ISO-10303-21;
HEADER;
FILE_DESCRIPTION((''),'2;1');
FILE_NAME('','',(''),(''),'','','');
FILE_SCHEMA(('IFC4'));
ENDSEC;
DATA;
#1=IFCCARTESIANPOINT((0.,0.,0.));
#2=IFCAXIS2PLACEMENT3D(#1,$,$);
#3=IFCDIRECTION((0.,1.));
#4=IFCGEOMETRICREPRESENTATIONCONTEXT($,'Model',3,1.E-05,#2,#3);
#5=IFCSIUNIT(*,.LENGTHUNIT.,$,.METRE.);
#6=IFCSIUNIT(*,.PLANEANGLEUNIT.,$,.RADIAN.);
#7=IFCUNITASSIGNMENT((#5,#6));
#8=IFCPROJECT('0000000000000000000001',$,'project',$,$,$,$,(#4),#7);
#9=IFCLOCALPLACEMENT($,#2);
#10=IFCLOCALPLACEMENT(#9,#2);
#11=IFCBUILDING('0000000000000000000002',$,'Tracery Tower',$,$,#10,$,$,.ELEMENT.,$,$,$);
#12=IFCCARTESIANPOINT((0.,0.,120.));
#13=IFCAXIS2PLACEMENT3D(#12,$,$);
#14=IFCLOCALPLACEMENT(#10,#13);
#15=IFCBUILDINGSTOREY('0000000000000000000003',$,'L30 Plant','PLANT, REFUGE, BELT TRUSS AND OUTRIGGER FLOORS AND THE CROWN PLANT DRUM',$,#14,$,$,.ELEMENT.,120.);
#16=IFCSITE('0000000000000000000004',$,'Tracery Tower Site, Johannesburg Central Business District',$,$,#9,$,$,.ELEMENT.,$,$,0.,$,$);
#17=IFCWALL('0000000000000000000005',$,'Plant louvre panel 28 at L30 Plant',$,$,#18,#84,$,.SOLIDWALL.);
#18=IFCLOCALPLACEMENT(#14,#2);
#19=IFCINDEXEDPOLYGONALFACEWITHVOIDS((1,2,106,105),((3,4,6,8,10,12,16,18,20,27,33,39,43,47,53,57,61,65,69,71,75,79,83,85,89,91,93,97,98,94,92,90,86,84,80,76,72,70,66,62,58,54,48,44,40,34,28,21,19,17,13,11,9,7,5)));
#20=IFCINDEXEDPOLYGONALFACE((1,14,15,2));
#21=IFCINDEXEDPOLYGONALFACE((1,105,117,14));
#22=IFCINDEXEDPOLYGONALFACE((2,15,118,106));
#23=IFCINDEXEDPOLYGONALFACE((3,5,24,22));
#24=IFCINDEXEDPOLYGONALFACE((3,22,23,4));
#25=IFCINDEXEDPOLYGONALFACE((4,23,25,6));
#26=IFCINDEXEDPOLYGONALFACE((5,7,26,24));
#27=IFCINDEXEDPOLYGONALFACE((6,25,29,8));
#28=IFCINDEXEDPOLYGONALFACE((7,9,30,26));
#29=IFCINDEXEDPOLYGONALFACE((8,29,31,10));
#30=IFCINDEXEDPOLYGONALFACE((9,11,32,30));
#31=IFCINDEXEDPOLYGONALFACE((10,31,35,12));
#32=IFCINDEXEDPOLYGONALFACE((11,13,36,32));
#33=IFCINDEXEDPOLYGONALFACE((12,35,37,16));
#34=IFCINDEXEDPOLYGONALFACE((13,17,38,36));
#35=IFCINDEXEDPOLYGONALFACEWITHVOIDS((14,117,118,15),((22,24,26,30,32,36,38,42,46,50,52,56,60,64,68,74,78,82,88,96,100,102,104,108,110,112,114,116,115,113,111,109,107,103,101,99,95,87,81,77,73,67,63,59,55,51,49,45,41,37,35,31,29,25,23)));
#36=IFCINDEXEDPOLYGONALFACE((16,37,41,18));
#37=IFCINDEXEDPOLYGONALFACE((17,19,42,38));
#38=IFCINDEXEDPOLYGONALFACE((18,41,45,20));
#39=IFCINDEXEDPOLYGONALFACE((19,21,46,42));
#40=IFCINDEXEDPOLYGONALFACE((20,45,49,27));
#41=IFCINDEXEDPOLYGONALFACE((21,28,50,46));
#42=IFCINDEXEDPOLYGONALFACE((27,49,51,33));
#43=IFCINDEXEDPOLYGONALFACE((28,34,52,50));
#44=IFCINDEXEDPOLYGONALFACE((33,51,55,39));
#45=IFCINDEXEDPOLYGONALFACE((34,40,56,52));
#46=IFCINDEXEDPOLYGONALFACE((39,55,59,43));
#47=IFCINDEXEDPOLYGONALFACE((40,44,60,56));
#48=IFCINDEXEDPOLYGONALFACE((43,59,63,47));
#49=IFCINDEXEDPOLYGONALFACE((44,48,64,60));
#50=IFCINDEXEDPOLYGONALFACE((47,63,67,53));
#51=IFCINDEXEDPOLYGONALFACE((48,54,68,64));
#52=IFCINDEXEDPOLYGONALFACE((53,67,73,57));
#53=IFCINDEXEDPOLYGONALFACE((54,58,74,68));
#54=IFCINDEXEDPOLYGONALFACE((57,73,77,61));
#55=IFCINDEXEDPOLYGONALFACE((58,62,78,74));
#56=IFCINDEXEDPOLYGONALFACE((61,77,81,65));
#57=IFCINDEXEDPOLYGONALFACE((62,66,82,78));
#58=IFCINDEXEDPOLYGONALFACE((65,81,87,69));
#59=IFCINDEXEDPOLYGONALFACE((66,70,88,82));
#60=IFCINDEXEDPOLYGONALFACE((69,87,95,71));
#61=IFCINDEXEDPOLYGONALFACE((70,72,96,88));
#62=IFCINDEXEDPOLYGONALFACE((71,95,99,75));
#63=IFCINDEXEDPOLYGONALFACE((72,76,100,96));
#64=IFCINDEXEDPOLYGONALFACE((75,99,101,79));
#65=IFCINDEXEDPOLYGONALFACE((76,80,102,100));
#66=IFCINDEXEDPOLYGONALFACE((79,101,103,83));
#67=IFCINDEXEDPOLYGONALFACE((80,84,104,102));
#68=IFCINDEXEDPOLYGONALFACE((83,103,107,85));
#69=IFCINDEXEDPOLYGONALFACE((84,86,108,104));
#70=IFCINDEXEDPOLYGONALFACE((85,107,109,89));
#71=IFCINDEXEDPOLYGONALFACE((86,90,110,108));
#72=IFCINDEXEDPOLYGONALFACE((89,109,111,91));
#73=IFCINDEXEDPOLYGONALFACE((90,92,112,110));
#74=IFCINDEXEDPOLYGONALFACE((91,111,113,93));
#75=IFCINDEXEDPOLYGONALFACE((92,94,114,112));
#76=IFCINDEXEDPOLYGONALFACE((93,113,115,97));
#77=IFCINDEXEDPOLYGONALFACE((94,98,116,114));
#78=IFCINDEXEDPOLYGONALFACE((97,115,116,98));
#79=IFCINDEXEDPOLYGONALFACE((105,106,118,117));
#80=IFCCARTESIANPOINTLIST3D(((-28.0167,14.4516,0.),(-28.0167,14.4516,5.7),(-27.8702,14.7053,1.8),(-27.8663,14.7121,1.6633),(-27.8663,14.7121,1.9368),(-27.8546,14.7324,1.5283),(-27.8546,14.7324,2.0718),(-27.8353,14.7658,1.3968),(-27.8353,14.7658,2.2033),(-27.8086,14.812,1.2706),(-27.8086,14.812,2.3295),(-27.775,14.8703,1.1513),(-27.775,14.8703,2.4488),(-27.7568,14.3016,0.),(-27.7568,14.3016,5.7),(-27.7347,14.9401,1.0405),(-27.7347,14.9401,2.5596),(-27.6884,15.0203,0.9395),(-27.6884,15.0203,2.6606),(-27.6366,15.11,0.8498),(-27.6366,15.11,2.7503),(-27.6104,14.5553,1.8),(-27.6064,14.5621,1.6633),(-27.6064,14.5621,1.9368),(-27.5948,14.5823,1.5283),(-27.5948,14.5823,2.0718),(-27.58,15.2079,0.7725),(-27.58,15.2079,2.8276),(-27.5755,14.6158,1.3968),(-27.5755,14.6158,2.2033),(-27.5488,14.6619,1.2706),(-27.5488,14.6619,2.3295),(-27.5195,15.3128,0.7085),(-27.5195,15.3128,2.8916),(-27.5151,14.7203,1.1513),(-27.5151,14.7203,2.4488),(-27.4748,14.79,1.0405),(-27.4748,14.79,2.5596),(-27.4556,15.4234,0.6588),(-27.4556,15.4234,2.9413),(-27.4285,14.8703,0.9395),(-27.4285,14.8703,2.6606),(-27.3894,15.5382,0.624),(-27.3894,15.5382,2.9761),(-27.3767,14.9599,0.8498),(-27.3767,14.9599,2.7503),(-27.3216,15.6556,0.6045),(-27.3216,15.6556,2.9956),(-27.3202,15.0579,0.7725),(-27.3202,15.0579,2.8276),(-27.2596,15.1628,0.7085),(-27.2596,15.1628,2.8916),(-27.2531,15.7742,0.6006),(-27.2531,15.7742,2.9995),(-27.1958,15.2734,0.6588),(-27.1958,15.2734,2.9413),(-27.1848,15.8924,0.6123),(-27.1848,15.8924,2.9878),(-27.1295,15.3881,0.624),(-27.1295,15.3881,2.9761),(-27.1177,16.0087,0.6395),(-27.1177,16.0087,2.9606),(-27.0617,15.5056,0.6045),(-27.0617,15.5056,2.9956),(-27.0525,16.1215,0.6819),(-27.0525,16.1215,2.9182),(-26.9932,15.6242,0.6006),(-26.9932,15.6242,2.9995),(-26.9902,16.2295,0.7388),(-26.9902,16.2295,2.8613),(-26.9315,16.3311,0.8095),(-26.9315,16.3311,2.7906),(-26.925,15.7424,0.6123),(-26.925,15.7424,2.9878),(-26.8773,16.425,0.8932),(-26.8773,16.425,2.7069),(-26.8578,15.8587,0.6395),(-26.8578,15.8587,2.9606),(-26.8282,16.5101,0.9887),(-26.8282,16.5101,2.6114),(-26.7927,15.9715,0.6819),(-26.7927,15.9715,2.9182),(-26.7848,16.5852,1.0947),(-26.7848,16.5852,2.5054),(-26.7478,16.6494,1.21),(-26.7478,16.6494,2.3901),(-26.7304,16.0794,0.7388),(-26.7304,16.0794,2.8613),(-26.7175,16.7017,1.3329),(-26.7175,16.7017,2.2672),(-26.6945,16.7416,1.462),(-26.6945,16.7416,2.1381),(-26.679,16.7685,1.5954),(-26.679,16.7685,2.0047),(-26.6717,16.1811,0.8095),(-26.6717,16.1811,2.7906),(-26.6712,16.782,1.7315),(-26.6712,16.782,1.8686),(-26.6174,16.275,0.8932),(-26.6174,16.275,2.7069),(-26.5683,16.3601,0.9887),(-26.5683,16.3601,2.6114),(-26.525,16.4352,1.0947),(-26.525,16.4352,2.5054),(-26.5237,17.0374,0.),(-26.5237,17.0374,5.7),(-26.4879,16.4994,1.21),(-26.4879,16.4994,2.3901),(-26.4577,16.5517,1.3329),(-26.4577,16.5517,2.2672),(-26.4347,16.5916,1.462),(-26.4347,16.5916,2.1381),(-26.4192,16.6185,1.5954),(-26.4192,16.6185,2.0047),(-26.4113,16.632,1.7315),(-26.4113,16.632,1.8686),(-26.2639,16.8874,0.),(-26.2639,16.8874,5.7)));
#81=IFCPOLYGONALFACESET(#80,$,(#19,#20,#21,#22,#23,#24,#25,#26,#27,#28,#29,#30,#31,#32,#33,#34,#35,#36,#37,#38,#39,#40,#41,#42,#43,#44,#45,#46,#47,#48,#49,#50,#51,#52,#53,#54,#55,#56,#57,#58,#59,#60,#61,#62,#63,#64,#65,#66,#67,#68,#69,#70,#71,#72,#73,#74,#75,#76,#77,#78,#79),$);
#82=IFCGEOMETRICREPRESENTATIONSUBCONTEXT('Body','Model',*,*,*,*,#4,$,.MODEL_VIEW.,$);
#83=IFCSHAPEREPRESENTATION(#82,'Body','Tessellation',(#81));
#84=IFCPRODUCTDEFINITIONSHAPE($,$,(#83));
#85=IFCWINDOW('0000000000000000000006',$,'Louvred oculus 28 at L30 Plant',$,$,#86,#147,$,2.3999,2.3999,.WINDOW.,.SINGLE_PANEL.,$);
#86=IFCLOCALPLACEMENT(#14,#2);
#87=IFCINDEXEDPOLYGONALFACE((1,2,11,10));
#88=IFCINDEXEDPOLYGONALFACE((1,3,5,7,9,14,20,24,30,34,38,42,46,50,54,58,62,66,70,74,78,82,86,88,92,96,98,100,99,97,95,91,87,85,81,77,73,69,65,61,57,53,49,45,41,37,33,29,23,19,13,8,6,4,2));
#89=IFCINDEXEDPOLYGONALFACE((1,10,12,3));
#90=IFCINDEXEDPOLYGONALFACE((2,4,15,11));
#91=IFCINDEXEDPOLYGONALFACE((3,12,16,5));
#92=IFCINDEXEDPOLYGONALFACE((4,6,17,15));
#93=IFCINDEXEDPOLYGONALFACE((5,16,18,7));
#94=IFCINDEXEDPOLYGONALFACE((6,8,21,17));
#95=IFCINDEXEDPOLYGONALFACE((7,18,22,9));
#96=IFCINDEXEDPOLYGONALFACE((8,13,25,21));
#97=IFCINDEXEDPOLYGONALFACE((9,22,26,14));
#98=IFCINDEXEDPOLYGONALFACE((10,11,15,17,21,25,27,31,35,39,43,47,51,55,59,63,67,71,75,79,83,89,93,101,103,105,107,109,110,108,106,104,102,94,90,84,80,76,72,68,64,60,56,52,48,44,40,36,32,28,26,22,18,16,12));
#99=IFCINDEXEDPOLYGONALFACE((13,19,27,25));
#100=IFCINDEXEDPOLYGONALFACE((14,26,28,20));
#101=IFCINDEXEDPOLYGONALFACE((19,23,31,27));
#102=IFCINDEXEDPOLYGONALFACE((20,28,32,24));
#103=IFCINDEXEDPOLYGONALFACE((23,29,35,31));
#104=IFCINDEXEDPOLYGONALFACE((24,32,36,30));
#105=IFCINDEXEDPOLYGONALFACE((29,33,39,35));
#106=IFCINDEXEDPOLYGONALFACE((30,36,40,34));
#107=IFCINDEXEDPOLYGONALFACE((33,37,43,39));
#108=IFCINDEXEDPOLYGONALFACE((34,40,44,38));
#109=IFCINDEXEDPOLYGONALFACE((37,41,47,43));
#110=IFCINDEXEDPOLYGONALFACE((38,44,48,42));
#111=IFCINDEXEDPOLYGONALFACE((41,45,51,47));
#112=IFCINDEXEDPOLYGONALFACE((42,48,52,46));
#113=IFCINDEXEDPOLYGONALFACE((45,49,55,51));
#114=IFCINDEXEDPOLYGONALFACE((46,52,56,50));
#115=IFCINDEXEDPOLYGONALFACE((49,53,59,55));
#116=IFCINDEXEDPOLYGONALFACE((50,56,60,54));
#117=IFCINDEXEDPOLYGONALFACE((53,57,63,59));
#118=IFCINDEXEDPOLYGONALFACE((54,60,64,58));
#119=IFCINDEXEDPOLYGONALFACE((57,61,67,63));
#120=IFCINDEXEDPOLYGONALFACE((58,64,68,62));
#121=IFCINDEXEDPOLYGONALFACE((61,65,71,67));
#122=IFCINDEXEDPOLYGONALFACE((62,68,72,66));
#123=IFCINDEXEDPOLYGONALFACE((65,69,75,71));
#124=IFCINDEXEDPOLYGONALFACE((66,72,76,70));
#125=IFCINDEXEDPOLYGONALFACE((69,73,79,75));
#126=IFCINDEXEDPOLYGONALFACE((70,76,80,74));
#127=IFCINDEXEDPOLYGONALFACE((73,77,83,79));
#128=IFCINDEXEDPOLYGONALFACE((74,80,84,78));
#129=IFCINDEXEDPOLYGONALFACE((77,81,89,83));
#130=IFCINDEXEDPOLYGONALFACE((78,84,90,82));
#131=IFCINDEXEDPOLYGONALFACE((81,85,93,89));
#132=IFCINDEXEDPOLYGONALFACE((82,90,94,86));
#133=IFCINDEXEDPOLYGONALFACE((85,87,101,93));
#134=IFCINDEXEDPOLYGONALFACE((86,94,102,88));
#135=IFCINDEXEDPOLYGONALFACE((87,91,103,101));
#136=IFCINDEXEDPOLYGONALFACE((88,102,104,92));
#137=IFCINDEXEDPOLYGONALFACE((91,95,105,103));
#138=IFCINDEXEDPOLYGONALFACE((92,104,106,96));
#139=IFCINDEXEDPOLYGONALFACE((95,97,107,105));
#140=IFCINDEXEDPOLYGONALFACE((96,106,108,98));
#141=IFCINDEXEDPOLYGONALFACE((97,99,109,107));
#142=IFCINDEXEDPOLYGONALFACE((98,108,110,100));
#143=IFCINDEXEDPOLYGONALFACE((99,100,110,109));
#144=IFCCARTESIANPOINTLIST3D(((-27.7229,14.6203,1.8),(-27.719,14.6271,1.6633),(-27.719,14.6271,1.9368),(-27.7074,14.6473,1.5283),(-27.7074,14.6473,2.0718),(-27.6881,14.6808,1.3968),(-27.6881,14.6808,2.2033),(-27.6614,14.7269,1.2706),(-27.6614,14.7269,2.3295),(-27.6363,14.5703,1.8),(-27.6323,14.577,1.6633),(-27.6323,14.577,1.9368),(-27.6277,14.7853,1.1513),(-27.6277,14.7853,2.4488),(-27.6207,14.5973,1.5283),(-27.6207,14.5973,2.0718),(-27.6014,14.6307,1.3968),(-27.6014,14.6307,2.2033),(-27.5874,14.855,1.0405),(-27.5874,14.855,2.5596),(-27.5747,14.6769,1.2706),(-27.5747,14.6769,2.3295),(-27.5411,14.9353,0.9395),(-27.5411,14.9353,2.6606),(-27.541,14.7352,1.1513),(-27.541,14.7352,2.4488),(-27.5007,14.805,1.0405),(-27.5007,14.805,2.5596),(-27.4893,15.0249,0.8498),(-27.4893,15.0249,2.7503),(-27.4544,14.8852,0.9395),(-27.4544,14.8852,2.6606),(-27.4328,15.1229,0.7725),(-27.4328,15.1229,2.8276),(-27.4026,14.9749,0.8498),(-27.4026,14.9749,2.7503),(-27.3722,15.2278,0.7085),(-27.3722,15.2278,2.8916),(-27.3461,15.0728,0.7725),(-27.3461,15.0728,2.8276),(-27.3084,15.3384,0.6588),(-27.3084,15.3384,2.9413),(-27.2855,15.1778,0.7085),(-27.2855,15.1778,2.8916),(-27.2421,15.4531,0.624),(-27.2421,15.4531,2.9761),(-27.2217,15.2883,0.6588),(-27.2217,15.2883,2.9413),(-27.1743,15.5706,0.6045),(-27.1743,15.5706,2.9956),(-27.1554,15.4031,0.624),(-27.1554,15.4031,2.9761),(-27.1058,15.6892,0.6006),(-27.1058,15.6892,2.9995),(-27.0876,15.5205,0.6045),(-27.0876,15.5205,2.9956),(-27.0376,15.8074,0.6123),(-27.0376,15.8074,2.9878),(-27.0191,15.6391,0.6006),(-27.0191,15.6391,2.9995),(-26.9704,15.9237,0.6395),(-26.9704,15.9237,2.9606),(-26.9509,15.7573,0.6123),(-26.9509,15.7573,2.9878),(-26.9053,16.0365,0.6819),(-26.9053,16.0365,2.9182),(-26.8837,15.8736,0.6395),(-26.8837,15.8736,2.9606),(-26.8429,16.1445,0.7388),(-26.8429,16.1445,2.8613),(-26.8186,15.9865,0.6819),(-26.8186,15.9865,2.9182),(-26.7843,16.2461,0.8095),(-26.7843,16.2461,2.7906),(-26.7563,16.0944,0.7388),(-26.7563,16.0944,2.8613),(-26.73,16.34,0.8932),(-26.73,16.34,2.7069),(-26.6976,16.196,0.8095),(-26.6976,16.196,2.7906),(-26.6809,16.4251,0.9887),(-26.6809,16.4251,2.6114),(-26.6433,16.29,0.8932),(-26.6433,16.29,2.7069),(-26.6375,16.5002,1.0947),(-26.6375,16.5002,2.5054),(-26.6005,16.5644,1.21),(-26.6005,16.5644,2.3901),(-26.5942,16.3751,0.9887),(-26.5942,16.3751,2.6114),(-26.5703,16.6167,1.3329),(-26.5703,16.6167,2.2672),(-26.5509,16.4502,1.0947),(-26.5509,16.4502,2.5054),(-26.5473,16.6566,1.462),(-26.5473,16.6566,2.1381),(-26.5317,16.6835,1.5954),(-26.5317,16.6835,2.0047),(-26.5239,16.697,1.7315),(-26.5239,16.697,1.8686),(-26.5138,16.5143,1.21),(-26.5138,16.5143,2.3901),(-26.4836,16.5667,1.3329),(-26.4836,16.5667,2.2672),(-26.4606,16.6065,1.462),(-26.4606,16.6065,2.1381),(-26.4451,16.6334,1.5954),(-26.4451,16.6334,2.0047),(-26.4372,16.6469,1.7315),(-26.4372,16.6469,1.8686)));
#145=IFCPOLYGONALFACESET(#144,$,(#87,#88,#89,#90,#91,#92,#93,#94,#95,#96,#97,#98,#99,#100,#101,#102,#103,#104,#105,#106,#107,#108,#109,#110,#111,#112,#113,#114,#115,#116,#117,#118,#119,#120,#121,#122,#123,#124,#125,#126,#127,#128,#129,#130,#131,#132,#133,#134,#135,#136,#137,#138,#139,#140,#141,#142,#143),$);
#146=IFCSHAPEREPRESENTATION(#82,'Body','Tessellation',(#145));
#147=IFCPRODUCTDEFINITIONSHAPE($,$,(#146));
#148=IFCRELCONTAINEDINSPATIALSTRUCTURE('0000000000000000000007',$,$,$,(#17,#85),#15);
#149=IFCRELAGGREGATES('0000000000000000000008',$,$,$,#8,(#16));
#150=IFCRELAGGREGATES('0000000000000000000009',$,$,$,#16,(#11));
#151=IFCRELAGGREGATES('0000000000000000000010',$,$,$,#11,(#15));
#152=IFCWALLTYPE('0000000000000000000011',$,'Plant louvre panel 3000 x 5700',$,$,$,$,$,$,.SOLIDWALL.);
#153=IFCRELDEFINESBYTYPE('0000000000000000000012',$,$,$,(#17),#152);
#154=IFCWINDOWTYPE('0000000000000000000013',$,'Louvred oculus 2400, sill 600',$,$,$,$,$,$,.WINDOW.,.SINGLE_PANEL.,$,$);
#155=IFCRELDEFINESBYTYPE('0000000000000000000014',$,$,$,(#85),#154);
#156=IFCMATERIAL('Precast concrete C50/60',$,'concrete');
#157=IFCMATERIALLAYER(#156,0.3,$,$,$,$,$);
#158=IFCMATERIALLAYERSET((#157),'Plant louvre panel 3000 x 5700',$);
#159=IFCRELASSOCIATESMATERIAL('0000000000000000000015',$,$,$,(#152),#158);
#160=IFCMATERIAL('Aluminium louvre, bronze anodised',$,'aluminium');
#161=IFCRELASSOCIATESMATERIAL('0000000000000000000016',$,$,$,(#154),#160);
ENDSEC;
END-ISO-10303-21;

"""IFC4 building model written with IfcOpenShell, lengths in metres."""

from ifc_helpers import new_model, si_unit, direction, frame, frame_2d, origin, origin_2d, place, context, subcontext, project, spatial, rectangle, circle, extrude, material, layer, layer_set, type_object, element, fill, save


model = new_model("IFC4")

# Units and contexts
model_context = context("Model", 3, precision=1e-05, world=origin(), true_north=direction((0.0, 1.0)))
body_context = subcontext(model_context, "Body", "Model", "MODEL_VIEW")
ifc_project = project(units=[si_unit("LENGTHUNIT", "METRE"), si_unit("PLANEANGLEUNIT", "RADIAN")], contexts=[model_context])

# Site, building, storey
site_placement = place(None, origin())
site = spatial("IfcSite", under=ifc_project, at=site_placement, Name="Tracery Tower Site, Johannesburg Central Business District", CompositionType="ELEMENT", RefElevation=0.0)
building_placement = place(site_placement, origin())
building = spatial("IfcBuilding", under=site, at=building_placement, Name="Tracery Tower", CompositionType="ELEMENT")
storey_placement = place(building_placement, frame((0.0, 0.0, 120.0)))
storey = spatial("IfcBuildingStorey", under=building, at=storey_placement, Name="L30 Plant", Description="PLANT, REFUGE, BELT TRUSS AND OUTRIGGER FLOORS AND THE CROWN PLANT DRUM", CompositionType="ELEMENT", Elevation=120.0)

# Wall, opening, window
ifc_material_1 = material(Name="Precast concrete C50/60", Category="concrete")
ifc_layer_1 = layer(ifc_material_1, 0.3)
ifc_layer_set_1 = layer_set([ifc_layer_1], Name="Plant louvre panel 3000 x 5700")
wall_type_1 = type_object("IfcWallType", Name="Plant louvre panel 3000 x 5700", PredefinedType="SOLIDWALL", material=ifc_layer_set_1)
wall_1_placement = place(storey_placement, frame((-26.3938, 16.9624, 0.0), z_axis=(0.0, 0.0, 1.0), x_axis=(-0.500017, -0.866015, 0.0)))
wall_1 = element("IfcWall", 1, at=wall_1_placement, inside=storey, type_object=wall_type_1, Name="Plant louvre panel 28 at L30 Plant", PredefinedType="SOLIDWALL", context=body_context, shape_type="SweptSolid", body=[
    extrude(rectangle(XDim=2.9858, YDim=0.3, at=frame_2d((1.4929, 0.0))), origin(), (0.0, 0.0, 1.0), 5.7),
])
opening_1_placement = place(wall_1_placement, frame((1.4929, 0.0, 1.8)))
opening_1 = element("IfcOpeningElement", 2, at=opening_1_placement, cuts=wall_1, PredefinedType="OPENING", context=body_context, shape_type="SweptSolid", body=[
    extrude(circle(Radius=1.2, at=origin_2d()), frame((0.0, 0.1599, 0.0), z_axis=(0.0, -1.0, 0.0), x_axis=(1.0, 0.0, 0.0)), (0.0, 0.0, 1.0), 0.3201),
])
ifc_material_2 = material(Name="Aluminium louvre, bronze anodised", Category="aluminium")
window_type = type_object("IfcWindowType", Name="Louvred oculus 2400, sill 600", PartitioningType="SINGLE_PANEL", PredefinedType="WINDOW", material=ifc_material_2)
window_1_placement = place(opening_1_placement, origin())
window_1 = element("IfcWindow", 3, at=window_1_placement, inside=storey, type_object=window_type, Name="Louvred oculus 28 at L30 Plant", OverallHeight=2.3999, OverallWidth=2.3999, PartitioningType="SINGLE_PANEL", PredefinedType="WINDOW", context=body_context, shape_type="SweptSolid", body=[
    extrude(circle(Radius=1.2, at=origin_2d()), frame((0.0, 0.1201, 0.0), z_axis=(0.0, -1.0, 0.0), x_axis=(1.0, 0.0, 0.0)), (0.0, 0.0, 1.0), 0.1001),
])
fill(opening_1, window_1)

save(model, "model.ifc")
